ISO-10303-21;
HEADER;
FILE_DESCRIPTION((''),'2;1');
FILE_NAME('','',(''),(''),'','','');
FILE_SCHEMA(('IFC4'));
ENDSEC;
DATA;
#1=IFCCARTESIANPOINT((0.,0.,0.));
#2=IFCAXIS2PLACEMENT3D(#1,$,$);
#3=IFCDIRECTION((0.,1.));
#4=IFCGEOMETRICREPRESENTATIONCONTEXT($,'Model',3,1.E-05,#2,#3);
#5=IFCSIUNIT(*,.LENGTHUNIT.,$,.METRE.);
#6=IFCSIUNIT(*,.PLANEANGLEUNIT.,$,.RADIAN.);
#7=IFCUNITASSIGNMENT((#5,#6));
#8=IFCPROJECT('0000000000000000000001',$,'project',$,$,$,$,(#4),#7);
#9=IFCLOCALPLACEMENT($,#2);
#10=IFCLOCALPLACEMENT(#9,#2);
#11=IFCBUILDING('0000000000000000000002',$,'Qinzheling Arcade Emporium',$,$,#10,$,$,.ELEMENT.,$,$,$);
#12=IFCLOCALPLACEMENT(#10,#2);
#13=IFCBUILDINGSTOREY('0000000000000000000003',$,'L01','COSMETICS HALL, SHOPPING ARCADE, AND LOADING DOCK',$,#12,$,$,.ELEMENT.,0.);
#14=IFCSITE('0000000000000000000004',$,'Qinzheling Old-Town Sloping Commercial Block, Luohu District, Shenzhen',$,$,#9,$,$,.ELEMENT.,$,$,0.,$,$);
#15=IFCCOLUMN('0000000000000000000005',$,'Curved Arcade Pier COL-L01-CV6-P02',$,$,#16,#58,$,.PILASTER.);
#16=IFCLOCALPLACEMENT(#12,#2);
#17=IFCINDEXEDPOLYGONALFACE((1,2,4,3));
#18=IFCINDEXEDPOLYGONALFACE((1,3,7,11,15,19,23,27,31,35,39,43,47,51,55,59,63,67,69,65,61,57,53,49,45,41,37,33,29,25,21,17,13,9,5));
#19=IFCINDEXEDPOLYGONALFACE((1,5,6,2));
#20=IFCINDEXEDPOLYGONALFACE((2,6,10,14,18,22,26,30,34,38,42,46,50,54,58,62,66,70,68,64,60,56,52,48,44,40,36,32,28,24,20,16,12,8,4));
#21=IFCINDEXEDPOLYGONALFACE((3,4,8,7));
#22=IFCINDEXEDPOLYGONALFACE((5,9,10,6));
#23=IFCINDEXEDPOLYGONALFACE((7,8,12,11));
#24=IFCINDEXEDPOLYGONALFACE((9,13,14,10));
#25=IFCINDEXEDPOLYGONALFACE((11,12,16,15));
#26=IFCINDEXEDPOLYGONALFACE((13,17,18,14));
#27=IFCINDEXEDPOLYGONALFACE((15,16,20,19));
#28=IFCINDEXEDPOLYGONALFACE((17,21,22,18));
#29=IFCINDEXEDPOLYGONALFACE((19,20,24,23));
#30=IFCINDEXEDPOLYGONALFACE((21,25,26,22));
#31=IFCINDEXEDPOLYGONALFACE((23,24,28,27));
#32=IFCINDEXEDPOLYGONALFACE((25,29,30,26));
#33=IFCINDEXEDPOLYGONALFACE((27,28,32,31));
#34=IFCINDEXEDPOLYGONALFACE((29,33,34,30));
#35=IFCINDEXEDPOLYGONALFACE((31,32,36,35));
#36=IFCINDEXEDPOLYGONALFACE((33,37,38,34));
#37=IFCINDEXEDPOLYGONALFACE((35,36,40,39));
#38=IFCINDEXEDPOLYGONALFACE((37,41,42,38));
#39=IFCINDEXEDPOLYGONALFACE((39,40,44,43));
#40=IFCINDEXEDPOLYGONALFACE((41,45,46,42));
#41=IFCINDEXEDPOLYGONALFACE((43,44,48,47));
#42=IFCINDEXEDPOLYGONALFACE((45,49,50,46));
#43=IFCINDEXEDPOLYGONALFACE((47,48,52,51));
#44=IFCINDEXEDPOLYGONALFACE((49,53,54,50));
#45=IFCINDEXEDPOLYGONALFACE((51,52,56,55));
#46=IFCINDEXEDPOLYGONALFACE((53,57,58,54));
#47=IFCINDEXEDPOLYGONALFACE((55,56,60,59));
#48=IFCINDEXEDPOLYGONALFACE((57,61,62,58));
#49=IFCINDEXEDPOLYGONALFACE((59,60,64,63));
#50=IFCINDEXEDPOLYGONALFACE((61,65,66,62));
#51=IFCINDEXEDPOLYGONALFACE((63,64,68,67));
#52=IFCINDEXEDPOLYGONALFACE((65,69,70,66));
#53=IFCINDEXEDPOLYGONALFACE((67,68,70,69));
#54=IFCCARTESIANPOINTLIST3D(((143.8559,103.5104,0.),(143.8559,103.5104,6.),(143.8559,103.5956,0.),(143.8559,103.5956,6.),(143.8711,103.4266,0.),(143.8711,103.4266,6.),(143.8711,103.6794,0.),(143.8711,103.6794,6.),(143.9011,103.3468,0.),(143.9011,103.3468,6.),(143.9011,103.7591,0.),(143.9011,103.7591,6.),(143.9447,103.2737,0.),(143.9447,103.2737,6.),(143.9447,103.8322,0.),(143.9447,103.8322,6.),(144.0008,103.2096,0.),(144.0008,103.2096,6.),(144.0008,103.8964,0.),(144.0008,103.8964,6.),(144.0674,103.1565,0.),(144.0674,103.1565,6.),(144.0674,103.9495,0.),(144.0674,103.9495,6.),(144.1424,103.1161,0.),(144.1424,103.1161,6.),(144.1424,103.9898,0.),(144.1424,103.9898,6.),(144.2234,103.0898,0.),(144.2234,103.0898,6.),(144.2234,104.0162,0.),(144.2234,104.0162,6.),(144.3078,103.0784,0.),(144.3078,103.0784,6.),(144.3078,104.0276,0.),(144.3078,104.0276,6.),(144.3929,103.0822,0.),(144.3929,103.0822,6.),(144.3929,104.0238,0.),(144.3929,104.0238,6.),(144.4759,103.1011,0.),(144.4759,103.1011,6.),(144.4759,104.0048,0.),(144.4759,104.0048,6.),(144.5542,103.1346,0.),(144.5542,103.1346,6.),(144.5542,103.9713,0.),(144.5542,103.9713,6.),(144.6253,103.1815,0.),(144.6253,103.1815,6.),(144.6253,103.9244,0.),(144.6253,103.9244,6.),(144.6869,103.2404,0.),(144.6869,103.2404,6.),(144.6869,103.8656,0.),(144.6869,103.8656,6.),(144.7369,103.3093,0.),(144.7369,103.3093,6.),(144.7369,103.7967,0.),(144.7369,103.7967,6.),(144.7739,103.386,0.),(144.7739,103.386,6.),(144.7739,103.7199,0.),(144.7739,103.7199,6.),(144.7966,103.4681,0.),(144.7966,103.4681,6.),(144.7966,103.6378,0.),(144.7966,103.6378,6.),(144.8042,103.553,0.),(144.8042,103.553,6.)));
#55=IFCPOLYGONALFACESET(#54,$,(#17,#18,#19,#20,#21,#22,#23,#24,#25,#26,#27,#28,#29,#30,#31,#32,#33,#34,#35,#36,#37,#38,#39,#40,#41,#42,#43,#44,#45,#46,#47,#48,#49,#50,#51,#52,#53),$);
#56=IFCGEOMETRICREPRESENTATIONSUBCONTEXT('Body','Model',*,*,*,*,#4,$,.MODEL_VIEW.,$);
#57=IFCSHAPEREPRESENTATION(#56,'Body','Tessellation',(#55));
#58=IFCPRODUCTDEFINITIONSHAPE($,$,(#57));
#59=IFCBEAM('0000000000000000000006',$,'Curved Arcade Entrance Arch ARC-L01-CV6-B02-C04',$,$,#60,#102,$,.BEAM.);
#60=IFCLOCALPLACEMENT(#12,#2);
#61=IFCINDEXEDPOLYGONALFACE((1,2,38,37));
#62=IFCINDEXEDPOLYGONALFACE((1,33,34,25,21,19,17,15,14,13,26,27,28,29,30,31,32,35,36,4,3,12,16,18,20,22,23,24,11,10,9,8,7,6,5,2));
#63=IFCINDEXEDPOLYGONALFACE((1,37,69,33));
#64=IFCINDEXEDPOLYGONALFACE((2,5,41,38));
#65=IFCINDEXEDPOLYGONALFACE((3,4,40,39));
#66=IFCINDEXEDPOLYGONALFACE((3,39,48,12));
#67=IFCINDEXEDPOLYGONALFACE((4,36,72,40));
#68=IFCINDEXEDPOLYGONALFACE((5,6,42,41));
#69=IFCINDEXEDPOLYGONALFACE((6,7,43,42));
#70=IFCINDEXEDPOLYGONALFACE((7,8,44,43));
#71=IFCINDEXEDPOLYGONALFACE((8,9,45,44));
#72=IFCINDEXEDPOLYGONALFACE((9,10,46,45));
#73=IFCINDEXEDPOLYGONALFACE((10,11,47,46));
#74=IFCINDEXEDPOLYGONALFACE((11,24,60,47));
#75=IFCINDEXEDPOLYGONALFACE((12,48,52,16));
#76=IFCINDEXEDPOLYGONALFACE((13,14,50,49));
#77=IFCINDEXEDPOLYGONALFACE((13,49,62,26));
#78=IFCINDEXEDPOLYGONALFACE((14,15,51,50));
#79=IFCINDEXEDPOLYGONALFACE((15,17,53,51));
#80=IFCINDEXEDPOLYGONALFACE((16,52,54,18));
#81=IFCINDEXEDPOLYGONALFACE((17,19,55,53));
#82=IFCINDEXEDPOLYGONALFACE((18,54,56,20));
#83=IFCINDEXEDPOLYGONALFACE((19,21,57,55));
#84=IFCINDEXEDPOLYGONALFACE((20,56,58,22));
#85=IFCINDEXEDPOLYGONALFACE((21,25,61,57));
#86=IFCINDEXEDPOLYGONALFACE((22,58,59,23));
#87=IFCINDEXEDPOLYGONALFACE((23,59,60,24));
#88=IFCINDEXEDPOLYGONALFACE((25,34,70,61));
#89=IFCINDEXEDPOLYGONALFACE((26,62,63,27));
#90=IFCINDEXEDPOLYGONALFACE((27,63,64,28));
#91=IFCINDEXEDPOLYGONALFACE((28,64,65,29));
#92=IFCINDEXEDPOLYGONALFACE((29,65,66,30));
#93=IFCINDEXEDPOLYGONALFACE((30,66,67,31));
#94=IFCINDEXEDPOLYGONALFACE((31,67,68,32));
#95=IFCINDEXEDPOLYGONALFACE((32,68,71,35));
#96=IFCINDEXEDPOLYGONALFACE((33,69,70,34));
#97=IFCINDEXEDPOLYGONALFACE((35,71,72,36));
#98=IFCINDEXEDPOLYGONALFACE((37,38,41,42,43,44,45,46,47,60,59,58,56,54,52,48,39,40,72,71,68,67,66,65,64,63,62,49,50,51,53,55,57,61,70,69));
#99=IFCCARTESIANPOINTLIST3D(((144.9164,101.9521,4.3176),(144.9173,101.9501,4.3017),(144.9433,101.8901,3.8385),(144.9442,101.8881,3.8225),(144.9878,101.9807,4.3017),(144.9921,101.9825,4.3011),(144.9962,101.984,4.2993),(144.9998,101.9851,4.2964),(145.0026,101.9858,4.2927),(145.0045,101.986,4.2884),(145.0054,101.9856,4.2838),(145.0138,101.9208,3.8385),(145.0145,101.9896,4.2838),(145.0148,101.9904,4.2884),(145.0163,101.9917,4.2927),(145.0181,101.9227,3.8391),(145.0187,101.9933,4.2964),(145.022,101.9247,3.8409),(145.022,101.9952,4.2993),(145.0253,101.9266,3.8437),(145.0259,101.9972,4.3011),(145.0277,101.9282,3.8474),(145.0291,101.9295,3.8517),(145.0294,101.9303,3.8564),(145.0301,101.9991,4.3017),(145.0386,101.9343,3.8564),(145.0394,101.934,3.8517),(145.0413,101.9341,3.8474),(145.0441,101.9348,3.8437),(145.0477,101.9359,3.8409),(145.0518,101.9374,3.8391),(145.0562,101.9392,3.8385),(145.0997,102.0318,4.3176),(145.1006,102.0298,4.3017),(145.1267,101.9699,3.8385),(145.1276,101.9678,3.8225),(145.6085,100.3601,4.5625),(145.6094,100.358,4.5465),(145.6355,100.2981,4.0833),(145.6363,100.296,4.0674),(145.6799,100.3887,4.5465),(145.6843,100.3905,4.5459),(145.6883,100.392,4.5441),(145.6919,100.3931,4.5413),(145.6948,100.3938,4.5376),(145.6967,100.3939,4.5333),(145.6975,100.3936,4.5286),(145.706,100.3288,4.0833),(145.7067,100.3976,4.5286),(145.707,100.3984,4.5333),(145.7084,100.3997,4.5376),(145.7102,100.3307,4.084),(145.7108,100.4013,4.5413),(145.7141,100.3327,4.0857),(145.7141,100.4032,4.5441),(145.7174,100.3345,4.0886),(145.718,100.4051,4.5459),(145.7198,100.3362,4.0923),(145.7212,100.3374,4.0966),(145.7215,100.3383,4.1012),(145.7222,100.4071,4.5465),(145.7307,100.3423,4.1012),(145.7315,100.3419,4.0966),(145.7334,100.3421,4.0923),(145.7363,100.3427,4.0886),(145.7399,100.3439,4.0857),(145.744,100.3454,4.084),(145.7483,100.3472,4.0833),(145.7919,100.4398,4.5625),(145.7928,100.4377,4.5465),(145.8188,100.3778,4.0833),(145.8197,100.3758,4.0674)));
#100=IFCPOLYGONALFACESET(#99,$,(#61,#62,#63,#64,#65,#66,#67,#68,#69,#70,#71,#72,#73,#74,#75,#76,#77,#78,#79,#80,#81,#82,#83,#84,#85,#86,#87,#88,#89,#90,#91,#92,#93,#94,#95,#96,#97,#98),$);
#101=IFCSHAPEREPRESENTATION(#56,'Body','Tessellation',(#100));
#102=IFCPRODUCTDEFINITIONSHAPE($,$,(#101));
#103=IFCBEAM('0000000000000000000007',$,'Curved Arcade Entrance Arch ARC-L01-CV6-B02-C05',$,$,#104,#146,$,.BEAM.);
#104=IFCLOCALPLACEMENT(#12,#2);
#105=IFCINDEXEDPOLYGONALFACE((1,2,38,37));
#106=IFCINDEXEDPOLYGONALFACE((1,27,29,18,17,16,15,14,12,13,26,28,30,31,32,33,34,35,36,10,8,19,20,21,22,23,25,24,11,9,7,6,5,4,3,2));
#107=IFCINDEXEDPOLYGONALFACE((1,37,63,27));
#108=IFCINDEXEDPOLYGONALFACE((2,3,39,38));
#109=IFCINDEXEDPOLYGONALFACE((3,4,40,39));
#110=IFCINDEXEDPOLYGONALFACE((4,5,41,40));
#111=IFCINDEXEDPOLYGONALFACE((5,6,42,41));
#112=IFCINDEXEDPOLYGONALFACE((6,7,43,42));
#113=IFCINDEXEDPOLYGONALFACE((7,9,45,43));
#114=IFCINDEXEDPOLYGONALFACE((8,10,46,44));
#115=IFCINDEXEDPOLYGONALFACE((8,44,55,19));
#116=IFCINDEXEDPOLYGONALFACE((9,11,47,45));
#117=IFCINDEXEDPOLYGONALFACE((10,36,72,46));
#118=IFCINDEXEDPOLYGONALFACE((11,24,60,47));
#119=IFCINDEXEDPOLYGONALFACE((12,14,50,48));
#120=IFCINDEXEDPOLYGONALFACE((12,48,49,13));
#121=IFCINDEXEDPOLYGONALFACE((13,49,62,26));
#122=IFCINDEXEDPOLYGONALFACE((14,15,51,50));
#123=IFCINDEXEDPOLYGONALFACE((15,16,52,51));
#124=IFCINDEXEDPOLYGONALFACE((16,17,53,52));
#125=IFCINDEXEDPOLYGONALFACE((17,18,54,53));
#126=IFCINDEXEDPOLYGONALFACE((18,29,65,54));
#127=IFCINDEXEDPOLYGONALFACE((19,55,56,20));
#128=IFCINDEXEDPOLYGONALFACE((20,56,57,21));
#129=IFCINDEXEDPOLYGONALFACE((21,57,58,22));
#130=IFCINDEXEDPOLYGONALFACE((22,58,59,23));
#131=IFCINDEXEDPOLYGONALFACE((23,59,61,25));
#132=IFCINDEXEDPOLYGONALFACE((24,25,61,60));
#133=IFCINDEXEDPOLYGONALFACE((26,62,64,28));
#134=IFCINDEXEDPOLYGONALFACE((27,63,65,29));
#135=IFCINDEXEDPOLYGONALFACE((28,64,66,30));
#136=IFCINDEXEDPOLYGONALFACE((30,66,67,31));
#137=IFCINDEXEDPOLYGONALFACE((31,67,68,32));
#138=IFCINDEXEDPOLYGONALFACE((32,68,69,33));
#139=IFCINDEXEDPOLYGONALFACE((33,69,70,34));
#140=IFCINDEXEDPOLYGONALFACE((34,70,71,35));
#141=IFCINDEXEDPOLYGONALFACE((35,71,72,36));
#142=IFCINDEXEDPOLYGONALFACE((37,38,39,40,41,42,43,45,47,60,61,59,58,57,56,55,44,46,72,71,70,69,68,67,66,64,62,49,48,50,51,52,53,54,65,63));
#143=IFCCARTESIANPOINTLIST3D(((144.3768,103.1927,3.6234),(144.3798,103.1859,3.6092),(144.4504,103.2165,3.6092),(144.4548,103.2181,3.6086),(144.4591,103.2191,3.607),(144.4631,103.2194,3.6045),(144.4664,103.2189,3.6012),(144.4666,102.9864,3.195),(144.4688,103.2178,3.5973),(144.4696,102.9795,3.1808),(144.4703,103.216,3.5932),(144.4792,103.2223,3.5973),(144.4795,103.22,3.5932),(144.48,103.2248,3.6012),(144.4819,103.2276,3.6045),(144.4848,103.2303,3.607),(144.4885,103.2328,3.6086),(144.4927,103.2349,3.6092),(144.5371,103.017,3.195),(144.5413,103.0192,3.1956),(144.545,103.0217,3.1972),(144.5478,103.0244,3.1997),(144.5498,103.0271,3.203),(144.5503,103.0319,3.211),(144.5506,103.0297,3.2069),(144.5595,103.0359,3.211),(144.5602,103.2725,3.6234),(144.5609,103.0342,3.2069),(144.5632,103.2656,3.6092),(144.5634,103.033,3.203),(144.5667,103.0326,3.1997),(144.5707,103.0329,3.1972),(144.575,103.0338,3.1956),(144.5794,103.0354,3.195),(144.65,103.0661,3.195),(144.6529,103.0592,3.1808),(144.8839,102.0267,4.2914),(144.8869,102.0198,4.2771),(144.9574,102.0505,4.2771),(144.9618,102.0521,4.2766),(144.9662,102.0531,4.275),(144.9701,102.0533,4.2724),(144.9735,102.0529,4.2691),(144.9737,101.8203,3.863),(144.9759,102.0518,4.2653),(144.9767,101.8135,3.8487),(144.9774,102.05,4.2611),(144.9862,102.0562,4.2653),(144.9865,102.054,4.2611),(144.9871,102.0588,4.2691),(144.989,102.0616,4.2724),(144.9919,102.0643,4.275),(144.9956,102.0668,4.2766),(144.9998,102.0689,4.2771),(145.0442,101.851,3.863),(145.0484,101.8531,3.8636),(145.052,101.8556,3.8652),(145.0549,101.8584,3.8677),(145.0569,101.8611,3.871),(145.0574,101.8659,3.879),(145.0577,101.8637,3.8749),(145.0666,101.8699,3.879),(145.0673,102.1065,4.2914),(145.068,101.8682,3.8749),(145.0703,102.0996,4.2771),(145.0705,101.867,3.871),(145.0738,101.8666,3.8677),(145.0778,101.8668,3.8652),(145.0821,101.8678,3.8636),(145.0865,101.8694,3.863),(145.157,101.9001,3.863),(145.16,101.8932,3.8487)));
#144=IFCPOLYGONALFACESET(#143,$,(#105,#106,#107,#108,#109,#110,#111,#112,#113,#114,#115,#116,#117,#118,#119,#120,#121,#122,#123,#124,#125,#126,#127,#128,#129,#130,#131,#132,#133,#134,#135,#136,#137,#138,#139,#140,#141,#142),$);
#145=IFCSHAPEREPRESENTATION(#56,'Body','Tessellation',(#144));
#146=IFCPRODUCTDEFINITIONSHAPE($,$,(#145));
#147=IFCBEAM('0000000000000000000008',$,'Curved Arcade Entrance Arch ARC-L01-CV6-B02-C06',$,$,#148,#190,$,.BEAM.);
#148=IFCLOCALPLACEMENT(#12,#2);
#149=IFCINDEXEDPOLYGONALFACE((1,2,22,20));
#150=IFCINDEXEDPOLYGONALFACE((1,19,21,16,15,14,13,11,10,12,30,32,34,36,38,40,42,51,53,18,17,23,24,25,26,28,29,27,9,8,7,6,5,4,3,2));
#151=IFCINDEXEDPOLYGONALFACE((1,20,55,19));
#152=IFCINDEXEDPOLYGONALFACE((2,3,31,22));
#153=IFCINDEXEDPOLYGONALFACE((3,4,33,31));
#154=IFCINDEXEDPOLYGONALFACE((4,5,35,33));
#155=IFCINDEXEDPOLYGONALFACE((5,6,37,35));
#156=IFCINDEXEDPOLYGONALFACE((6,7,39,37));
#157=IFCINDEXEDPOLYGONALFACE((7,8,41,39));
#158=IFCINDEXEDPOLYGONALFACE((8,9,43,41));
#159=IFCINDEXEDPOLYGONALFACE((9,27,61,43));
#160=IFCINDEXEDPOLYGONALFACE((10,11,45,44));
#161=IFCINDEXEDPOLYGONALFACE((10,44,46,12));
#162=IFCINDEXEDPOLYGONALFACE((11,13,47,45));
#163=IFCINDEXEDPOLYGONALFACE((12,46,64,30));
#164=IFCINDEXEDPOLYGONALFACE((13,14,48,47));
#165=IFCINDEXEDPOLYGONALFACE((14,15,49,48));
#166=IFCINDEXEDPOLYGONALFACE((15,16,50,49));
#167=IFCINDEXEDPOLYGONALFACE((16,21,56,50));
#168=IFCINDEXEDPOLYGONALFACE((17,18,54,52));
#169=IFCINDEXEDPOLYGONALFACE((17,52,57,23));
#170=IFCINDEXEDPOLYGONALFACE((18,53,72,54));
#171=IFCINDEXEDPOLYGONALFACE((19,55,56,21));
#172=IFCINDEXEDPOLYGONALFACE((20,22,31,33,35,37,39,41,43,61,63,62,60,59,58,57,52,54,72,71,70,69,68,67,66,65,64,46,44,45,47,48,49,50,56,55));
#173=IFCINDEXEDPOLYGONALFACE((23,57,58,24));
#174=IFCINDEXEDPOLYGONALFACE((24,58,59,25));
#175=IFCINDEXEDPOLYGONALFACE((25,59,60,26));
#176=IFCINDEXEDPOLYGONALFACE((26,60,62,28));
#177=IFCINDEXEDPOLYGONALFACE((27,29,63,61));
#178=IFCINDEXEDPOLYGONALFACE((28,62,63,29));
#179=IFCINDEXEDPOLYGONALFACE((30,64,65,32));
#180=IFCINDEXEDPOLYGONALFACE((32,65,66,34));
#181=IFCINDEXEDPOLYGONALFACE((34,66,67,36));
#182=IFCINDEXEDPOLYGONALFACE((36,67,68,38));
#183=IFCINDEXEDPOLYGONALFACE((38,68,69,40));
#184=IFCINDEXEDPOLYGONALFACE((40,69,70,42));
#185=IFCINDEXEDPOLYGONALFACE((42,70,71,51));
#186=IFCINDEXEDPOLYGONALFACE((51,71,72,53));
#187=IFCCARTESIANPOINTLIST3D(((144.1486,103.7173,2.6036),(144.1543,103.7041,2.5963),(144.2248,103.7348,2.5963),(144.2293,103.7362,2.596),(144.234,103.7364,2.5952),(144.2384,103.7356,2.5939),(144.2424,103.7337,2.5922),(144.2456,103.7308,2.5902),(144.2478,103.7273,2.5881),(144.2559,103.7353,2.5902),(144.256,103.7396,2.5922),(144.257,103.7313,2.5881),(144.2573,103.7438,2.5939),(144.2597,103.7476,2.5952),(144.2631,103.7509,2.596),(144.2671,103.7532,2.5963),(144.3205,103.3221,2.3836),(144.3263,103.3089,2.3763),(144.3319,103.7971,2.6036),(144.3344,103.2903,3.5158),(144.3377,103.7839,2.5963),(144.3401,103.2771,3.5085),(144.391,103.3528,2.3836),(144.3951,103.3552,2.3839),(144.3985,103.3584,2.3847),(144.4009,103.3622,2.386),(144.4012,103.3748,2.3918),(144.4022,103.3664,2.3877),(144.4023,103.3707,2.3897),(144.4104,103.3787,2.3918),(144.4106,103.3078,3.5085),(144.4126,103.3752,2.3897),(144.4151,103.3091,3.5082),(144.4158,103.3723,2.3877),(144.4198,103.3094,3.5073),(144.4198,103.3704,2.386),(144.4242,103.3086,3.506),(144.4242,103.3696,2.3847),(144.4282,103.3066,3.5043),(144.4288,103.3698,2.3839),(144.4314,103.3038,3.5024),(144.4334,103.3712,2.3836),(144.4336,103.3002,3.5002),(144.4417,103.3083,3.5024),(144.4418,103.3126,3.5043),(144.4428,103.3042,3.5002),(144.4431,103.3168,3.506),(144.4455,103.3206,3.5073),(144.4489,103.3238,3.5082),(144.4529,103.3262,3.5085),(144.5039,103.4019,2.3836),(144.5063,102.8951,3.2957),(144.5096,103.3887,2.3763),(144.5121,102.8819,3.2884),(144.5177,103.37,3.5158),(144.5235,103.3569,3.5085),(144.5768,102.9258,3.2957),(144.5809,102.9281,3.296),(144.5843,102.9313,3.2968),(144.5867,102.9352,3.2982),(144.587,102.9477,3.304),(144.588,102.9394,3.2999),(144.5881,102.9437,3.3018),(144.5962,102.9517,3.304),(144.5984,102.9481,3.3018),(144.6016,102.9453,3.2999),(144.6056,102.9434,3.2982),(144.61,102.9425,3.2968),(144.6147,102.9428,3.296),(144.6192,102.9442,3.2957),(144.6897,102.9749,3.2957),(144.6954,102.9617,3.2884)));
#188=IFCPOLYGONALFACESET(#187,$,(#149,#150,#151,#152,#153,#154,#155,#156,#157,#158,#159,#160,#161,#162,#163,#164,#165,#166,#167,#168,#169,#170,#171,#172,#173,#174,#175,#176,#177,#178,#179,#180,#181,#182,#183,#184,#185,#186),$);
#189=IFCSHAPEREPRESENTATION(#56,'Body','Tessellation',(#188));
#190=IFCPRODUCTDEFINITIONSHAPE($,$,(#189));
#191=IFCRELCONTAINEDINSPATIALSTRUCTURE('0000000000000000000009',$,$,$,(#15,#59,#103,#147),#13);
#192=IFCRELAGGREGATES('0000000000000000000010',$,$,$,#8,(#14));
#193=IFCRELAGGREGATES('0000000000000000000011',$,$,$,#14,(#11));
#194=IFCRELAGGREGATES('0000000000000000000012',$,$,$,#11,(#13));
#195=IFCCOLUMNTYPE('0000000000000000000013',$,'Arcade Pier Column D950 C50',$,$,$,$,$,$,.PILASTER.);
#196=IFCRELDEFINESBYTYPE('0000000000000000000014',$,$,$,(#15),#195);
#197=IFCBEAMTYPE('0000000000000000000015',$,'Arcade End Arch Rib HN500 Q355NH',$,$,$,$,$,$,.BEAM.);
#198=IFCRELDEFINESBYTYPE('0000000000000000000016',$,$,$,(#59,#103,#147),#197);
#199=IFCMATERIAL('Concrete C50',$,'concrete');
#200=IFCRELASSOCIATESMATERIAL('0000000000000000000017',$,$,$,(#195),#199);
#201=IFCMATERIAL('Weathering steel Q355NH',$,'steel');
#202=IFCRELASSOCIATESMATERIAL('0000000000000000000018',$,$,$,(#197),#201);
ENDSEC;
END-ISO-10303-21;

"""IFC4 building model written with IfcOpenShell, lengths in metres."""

from ifc_helpers import new_model, si_unit, direction, frame, origin, origin_2d, place, context, subcontext, project, spatial, circle, i_section, extrude, material, material_profile, profile_set, type_object, element, save


model = new_model("IFC4")

# Units and contexts
model_context = context("Model", 3, precision=1e-05, world=origin(), true_north=direction((0.0, 1.0)))
body_context = subcontext(model_context, "Body", "Model", "MODEL_VIEW")
ifc_project = project(units=[si_unit("LENGTHUNIT", "METRE"), si_unit("PLANEANGLEUNIT", "RADIAN")], contexts=[model_context])

# Site, building, storey
site_placement = place(None, origin())
site = spatial("IfcSite", under=ifc_project, at=site_placement, Name="Qinzheling Old-Town Sloping Commercial Block, Luohu District, Shenzhen", CompositionType="ELEMENT", RefElevation=0.0)
building_placement = place(site_placement, origin())
building = spatial("IfcBuilding", under=site, at=building_placement, Name="Qinzheling Arcade Emporium", CompositionType="ELEMENT")
storey_placement = place(building_placement, origin())
storey = spatial("IfcBuildingStorey", under=building, at=storey_placement, Name="L01", Description="COSMETICS HALL, SHOPPING ARCADE, AND LOADING DOCK", CompositionType="ELEMENT", Elevation=0.0)

# Column
ifc_material_1 = material(Name="Concrete C50", Category="concrete")
ifc_material_profile_1 = material_profile(ifc_material_1, circle(Radius=0.4751, at=origin_2d()), Name="RC D950", Category="concrete")
ifc_profile_set_1 = profile_set([ifc_material_profile_1], Name="Concrete C50")
column_type = type_object("IfcColumnType", Name="Arcade Pier Column D950 C50", PredefinedType="PILASTER", material=ifc_profile_set_1)
column_placement = place(storey_placement, frame((144.3291, 103.553, 0.0), z_axis=(0.0, 0.0, 1.0), x_axis=(1.0, 0.0, 0.0)))
element("IfcColumn", 1, at=column_placement, inside=storey, type_object=column_type, Name="Curved Arcade Pier COL-L01-CV6-P02", PredefinedType="PILASTER", context=body_context, shape_type="SweptSolid", body=[
    extrude(circle(Radius=0.4751, at=origin_2d()), origin(), (0.0, 0.0, 1.0), 6.0),
])

# Beams
ifc_material_2 = material(Name="Weathering steel Q355NH", Category="steel")
ifc_material_profile_2 = material_profile(ifc_material_2, i_section(OverallWidth=0.2, OverallDepth=0.5, WebThickness=0.01, FlangeThickness=0.0161, FilletRadius=0.0181, at=origin_2d()), Name="HN 500x200x10x16", Category="steel")
ifc_profile_set_2 = profile_set([ifc_material_profile_2], Name="Weathering steel Q355NH")
beam_type_1 = type_object("IfcBeamType", Name="Arcade End Arch Rib HN500 Q355NH", PredefinedType="BEAM", material=ifc_profile_set_2)
beam_1_placement = place(storey_placement, frame((145.7141, 100.3679, 4.3149), z_axis=(-0.394792, 0.908092, -0.139674), x_axis=(-0.917081, -0.3987, 0.0)))
element("IfcBeam", 2, at=beam_1_placement, inside=storey, type_object=beam_type_1, Name="Curved Arcade Entrance Arch ARC-L01-CV6-B02-C04", PredefinedType="BEAM", context=body_context, shape_type="SweptSolid", body=[
    extrude(i_section(OverallWidth=0.2, OverallDepth=0.5, WebThickness=0.01, FlangeThickness=0.0161, FilletRadius=0.0181, at=origin_2d()), origin(), (0.0, 0.0, 1.0), 1.7532),
])
beam_2_placement = place(storey_placement, frame((145.022, 101.96, 4.0701), z_axis=(-0.353051, 0.811829, -0.465068), x_axis=(-0.917036, -0.398803, 0.0)))
element("IfcBeam", 3, at=beam_2_placement, inside=storey, type_object=beam_type_1, Name="Curved Arcade Entrance Arch ARC-L01-CV6-B02-C05", PredefinedType="BEAM", context=body_context, shape_type="SweptSolid", body=[
    extrude(i_section(OverallWidth=0.2, OverallDepth=0.5, WebThickness=0.01, FlangeThickness=0.0161, FilletRadius=0.0181, at=origin_2d()), origin(), (0.0, 0.0, 1.0), 1.4363),
])
beam_3_placement = place(storey_placement, frame((144.5149, 103.126, 3.4021), z_axis=(-0.181418, 0.416951, -0.89064), x_axis=(-0.916962, -0.398975, 0.0)))
element("IfcBeam", 4, at=beam_3_placement, inside=storey, type_object=beam_type_1, Name="Curved Arcade Entrance Arch ARC-L01-CV6-B02-C06", PredefinedType="BEAM", context=body_context, shape_type="SweptSolid", body=[
    extrude(i_section(OverallWidth=0.2, OverallDepth=0.5, WebThickness=0.01, FlangeThickness=0.0161, FilletRadius=0.0181, at=origin_2d()), origin(), (0.0, 0.0, 1.0), 1.0242),
])

save(model, "model.ifc")
